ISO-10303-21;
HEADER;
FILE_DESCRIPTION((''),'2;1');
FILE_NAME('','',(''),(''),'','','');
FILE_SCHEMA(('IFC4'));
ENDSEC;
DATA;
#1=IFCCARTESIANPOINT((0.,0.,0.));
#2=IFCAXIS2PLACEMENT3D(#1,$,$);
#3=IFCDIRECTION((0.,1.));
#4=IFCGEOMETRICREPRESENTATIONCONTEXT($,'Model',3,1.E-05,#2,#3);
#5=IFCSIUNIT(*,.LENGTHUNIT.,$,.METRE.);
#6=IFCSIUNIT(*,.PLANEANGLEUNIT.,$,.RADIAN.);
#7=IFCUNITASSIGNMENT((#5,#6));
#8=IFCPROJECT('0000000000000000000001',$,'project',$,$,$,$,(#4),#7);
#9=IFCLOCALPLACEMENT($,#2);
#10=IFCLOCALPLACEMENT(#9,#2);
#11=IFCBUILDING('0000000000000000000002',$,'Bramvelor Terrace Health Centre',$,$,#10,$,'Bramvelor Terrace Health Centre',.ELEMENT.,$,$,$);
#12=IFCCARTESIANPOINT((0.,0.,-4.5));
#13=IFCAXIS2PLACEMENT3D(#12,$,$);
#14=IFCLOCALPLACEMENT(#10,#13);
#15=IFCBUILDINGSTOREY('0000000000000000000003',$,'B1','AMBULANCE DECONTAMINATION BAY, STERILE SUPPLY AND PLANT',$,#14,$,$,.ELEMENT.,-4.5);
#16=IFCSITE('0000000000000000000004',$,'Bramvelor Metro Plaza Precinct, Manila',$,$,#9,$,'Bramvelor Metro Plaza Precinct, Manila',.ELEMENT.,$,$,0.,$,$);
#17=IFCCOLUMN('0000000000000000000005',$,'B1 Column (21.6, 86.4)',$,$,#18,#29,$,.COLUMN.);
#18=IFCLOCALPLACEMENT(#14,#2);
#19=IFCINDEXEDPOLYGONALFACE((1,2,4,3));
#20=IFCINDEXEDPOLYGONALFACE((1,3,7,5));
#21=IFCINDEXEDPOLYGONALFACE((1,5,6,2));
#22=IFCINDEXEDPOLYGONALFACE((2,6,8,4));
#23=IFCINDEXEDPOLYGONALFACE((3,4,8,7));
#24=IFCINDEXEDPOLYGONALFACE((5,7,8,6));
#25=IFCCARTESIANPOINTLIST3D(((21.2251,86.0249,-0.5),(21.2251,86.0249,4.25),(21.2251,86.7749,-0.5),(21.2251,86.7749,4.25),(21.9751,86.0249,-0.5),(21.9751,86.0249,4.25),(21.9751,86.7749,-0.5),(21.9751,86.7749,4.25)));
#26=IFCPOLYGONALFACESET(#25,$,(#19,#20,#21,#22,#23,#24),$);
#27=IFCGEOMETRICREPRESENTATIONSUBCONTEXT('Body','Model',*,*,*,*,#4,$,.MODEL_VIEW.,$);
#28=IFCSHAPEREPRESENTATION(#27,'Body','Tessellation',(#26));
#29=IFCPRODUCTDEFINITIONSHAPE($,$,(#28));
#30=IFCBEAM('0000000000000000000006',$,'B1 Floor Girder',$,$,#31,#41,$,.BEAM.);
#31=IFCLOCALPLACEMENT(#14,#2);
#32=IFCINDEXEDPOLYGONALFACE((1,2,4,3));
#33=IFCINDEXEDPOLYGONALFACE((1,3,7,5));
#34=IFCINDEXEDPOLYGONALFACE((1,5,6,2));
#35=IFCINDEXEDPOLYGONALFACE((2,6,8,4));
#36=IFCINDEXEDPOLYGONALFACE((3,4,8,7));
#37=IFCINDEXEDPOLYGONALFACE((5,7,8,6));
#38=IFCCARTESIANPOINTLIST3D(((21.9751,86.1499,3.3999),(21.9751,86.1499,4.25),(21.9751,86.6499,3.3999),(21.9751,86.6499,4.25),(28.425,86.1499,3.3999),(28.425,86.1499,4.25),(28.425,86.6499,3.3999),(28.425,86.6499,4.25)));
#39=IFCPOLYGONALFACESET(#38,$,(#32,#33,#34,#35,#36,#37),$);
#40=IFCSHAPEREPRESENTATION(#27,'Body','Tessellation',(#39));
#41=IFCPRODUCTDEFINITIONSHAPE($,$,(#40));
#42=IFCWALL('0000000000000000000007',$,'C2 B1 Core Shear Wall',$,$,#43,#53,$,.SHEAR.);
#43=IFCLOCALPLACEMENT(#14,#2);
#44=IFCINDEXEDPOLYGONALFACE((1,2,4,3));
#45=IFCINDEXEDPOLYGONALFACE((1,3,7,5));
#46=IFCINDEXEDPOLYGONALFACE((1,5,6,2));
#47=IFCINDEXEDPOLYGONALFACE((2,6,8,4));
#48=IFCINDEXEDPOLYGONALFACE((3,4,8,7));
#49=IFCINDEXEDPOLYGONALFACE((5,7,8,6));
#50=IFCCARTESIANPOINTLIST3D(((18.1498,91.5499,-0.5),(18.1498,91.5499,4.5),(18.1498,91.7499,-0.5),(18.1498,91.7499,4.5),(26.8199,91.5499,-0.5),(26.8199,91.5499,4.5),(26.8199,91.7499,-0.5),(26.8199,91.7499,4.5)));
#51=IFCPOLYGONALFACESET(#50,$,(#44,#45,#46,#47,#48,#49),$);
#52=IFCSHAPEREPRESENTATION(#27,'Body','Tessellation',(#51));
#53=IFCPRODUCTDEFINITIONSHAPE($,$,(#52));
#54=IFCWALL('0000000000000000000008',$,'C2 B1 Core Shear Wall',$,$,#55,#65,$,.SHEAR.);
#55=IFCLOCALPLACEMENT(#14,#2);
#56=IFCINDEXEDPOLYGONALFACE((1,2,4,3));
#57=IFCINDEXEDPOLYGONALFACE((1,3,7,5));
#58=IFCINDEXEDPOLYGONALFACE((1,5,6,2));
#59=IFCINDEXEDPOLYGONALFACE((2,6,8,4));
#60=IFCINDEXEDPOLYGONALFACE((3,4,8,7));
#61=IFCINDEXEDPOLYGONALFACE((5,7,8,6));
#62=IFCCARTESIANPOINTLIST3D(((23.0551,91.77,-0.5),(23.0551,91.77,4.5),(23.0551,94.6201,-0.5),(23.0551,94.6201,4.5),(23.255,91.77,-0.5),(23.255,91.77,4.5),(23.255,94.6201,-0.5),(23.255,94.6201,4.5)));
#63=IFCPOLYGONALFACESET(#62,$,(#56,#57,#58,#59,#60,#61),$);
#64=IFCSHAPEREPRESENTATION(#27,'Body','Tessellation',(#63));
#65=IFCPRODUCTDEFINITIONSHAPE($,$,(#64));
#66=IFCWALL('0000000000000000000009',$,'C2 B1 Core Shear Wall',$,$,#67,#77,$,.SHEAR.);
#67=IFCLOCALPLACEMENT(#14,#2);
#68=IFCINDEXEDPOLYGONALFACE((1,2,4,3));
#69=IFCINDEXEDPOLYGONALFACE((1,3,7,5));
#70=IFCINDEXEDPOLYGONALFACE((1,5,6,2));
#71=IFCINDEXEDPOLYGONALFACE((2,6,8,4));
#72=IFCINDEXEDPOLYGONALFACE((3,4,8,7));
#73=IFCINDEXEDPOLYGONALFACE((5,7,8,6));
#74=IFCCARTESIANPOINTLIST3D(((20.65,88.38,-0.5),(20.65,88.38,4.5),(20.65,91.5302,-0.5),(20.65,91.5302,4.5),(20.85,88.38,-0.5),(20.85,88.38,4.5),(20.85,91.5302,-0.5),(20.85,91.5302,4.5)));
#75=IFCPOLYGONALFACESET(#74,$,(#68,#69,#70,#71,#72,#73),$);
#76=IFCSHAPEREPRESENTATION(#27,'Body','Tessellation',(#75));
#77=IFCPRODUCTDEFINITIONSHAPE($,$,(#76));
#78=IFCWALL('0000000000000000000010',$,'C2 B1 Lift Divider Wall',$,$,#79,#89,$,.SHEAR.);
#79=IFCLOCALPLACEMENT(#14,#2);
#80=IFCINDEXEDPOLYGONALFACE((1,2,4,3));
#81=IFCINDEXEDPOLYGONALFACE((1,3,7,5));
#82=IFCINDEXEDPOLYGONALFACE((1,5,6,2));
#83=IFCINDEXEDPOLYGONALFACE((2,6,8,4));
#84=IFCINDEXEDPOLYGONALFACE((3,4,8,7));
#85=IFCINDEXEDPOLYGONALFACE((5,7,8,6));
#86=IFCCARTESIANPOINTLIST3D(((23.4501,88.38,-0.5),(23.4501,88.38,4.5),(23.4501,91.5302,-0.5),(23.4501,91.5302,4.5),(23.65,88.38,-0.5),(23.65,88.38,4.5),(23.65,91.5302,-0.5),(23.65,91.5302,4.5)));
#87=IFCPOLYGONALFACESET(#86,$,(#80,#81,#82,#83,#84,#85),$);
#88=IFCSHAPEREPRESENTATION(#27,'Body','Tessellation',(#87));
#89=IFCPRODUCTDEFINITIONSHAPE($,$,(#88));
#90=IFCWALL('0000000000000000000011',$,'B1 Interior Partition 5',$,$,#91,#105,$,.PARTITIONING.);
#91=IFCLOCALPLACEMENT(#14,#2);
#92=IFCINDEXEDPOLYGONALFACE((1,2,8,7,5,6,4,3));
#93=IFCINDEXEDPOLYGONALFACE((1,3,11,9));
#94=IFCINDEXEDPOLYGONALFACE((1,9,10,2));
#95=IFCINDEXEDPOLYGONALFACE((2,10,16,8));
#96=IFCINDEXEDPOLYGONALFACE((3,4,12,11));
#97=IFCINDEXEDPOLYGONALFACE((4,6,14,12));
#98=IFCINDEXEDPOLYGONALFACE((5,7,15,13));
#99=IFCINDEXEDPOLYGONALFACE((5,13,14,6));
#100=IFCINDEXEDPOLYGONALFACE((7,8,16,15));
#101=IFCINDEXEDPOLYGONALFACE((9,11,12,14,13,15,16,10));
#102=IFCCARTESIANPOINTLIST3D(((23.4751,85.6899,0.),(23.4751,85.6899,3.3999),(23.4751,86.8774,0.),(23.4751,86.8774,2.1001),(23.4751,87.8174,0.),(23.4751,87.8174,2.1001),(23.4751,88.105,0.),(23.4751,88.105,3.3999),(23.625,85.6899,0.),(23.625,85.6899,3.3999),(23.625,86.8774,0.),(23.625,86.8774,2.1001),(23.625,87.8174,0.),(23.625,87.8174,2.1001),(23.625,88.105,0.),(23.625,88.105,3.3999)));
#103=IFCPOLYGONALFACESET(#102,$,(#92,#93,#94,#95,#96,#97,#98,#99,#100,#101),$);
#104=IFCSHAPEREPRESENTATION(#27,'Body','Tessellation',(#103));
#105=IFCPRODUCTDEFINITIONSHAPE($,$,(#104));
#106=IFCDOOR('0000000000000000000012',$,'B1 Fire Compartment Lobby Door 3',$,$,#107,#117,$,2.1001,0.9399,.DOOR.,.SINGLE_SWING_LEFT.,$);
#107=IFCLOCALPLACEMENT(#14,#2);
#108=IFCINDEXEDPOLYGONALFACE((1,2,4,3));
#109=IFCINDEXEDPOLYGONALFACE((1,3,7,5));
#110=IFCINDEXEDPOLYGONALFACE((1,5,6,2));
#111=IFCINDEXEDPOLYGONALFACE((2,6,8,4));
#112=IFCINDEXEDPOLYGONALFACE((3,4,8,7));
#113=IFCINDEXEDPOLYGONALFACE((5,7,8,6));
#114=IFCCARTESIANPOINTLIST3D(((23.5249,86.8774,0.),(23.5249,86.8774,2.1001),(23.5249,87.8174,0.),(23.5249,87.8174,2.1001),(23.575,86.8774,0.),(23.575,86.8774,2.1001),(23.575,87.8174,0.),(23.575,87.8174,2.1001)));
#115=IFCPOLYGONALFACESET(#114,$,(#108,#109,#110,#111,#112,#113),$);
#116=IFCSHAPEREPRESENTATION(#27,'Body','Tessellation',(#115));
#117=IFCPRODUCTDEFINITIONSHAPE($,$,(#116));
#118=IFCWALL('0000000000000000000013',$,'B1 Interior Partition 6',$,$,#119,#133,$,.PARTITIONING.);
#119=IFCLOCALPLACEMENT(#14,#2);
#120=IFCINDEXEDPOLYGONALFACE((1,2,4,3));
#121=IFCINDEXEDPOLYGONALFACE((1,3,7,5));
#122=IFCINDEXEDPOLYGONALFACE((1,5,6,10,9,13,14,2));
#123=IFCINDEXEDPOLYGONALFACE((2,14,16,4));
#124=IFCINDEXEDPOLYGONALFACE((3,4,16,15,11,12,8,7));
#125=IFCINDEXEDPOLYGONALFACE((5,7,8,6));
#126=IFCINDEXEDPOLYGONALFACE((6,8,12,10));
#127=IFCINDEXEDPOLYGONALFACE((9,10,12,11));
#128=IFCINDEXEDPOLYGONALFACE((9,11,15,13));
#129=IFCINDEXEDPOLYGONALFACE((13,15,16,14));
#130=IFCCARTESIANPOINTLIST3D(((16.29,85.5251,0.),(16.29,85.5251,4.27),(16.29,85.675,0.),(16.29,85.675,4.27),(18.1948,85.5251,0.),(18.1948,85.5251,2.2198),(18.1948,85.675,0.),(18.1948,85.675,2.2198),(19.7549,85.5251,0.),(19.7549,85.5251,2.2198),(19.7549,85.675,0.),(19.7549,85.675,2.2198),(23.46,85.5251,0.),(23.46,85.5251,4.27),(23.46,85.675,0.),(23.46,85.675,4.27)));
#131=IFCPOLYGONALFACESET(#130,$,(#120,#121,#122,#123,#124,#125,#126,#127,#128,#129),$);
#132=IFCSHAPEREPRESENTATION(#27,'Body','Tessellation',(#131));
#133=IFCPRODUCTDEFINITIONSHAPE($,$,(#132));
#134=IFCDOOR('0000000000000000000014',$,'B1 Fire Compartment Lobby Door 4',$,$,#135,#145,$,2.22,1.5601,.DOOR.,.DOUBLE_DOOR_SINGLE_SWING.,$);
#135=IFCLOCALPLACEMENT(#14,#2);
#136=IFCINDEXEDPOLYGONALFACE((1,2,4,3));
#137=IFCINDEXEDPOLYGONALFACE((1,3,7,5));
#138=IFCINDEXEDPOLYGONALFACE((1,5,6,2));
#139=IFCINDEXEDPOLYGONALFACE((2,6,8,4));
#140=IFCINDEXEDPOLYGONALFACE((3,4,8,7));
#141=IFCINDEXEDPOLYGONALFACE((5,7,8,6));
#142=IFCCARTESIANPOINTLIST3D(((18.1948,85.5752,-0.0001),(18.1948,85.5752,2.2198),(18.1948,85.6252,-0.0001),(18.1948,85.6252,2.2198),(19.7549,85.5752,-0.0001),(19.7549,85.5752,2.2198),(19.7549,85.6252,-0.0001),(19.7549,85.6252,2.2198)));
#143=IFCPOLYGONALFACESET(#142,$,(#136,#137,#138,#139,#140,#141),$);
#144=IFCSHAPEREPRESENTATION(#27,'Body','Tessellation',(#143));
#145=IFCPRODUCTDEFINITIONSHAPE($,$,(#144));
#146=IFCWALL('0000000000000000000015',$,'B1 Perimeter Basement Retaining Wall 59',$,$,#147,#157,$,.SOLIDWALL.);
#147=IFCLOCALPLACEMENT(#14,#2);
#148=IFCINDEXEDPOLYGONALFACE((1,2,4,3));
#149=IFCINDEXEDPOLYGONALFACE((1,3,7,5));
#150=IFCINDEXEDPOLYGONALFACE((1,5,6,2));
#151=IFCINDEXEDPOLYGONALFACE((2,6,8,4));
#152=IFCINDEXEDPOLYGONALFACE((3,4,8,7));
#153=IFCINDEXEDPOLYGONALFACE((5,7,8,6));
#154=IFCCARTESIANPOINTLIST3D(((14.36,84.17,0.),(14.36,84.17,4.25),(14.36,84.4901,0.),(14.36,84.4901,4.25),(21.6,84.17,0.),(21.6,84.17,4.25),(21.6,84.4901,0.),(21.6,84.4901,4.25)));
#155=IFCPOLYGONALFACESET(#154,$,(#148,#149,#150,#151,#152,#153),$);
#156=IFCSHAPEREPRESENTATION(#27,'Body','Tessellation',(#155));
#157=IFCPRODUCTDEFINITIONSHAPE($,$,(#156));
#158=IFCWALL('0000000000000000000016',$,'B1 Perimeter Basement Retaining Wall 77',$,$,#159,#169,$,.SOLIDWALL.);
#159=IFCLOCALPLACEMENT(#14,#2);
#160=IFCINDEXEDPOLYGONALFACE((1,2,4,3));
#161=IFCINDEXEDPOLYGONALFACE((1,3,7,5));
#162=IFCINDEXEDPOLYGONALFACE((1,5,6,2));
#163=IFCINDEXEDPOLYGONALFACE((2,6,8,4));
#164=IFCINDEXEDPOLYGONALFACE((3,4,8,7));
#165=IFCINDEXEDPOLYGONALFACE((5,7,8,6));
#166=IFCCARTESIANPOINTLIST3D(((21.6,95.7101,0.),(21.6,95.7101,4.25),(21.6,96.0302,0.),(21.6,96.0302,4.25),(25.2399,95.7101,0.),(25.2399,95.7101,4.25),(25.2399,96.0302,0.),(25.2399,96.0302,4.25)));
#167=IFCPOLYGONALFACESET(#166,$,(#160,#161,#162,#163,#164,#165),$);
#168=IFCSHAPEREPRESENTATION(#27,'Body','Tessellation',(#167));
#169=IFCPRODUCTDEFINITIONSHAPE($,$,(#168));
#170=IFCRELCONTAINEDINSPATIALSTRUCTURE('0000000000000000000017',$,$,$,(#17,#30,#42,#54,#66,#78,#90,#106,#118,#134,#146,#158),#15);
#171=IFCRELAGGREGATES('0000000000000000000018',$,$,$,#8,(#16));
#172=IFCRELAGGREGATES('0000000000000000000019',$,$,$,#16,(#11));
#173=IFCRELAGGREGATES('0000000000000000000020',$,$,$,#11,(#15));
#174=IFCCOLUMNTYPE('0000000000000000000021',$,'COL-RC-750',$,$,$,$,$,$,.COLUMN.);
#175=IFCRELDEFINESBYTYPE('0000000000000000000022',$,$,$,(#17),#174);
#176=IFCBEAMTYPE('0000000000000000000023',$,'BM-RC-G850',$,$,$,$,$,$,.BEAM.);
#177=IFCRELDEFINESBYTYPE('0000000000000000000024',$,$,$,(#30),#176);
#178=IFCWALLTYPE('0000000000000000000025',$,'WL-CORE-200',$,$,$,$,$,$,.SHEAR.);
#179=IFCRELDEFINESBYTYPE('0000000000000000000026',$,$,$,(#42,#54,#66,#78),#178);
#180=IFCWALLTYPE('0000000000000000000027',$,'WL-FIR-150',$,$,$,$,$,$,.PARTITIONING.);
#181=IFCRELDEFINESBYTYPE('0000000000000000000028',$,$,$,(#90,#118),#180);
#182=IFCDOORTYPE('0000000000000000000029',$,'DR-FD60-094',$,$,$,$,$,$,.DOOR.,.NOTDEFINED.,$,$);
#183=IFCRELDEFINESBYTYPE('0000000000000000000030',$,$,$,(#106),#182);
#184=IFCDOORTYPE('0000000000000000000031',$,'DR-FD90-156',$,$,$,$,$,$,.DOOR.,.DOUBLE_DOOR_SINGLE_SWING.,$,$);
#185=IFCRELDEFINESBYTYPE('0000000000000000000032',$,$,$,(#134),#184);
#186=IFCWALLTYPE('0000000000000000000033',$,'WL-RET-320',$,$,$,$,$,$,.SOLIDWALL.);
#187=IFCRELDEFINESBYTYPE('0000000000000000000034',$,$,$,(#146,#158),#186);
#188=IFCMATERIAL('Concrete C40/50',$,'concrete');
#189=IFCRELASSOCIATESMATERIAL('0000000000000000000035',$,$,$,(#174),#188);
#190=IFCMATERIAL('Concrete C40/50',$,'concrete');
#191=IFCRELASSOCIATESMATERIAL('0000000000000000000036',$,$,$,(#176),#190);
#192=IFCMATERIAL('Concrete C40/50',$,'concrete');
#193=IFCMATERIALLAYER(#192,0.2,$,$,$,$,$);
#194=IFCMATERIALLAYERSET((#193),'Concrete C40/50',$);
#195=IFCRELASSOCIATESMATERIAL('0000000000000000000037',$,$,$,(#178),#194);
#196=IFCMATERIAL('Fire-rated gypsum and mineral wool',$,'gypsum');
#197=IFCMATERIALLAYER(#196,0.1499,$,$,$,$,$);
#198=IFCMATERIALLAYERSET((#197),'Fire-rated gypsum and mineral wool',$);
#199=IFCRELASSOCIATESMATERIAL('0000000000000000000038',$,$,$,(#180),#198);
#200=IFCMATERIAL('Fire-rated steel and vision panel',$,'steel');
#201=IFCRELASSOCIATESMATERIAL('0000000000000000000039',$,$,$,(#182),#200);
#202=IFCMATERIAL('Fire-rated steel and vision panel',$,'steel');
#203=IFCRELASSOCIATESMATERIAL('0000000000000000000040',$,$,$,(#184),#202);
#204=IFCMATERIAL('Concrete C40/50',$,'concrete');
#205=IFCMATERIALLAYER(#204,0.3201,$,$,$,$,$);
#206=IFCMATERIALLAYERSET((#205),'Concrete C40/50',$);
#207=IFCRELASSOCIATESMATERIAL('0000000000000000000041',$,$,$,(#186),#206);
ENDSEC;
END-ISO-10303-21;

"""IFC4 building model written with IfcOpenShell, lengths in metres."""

from ifc_helpers import new_model, si_unit, direction, frame, frame_2d, origin, origin_2d, place, context, subcontext, project, spatial, rectangle, extrude, material, layer, layer_set, material_profile, profile_set, type_object, element, fill, save


model = new_model("IFC4")

# Units and contexts
model_context = context("Model", 3, precision=1e-05, world=origin(), true_north=direction((0.0, 1.0)))
body_context = subcontext(model_context, "Body", "Model", "MODEL_VIEW")
ifc_project = project(units=[si_unit("LENGTHUNIT", "METRE"), si_unit("PLANEANGLEUNIT", "RADIAN")], contexts=[model_context])

# Site, building, storey
site_placement = place(None, origin())
site = spatial("IfcSite", under=ifc_project, at=site_placement, Name="Bramvelor Metro Plaza Precinct, Manila", LongName="Bramvelor Metro Plaza Precinct, Manila", CompositionType="ELEMENT", RefElevation=0.0)
building_placement = place(site_placement, origin())
building = spatial("IfcBuilding", under=site, at=building_placement, Name="Bramvelor Terrace Health Centre", LongName="Bramvelor Terrace Health Centre", CompositionType="ELEMENT")
storey_placement = place(building_placement, frame((0.0, 0.0, -4.5)))
storey = spatial("IfcBuildingStorey", under=building, at=storey_placement, Name="B1", Description="AMBULANCE DECONTAMINATION BAY, STERILE SUPPLY AND PLANT", CompositionType="ELEMENT", Elevation=-4.5)

# Column
ifc_material_1 = material(Name="Concrete C40/50", Category="concrete")
ifc_material_profile_1 = material_profile(ifc_material_1, rectangle(XDim=0.75, YDim=0.75, at=origin_2d()), Name="RC 750x750")
ifc_profile_set_1 = profile_set([ifc_material_profile_1], Name="Concrete C40/50")
column_type = type_object("IfcColumnType", Name="COL-RC-750", PredefinedType="COLUMN", material=ifc_profile_set_1)
column_placement = place(storey_placement, frame((21.6001, 86.3999, -0.5), z_axis=(0.0, 0.0, 1.0), x_axis=(1.0, 0.0, 0.0)))
element("IfcColumn", 1, at=column_placement, inside=storey, type_object=column_type, Name="B1 Column (21.6, 86.4)", PredefinedType="COLUMN", context=body_context, shape_type="SweptSolid", body=[
    extrude(rectangle(XDim=0.75, YDim=0.75, at=origin_2d()), origin(), (0.0, 0.0, 1.0), 4.75),
])

# Beam
ifc_material_2 = material(Name="Concrete C40/50", Category="concrete")
ifc_material_profile_2 = material_profile(ifc_material_2, rectangle(XDim=0.5, YDim=0.8501, at=origin_2d()), Name="RC 500x850")
ifc_profile_set_2 = profile_set([ifc_material_profile_2], Name="Concrete C40/50")
beam_type = type_object("IfcBeamType", Name="BM-RC-G850", PredefinedType="BEAM", material=ifc_profile_set_2)
beam_placement = place(storey_placement, frame((21.9751, 86.3999, 3.825), z_axis=(1.0, 0.0, 0.0), x_axis=(0.0, 1.0, 0.0)))
element("IfcBeam", 2, at=beam_placement, inside=storey, type_object=beam_type, Name="B1 Floor Girder", PredefinedType="BEAM", context=body_context, shape_type="SweptSolid", body=[
    extrude(rectangle(XDim=0.5, YDim=0.8501, at=origin_2d()), origin(), (0.0, 0.0, 1.0), 6.45),
])

# Walls
ifc_material_3 = material(Name="Concrete C40/50", Category="concrete")
ifc_layer_1 = layer(ifc_material_3, 0.2)
ifc_layer_set_1 = layer_set([ifc_layer_1], Name="Concrete C40/50")
wall_type_1 = type_object("IfcWallType", Name="WL-CORE-200", PredefinedType="SHEAR", material=ifc_layer_set_1)
wall_1_placement = place(storey_placement, frame((18.1499, 91.6499, -0.5), z_axis=(0.0, 0.0, 1.0), x_axis=(1.0, 0.0, 0.0)))
element("IfcWall", 3, at=wall_1_placement, inside=storey, type_object=wall_type_1, Name="C2 B1 Core Shear Wall", PredefinedType="SHEAR", context=body_context, shape_type="SweptSolid", body=[
    extrude(rectangle(XDim=8.6702, YDim=0.2, at=frame_2d((4.335, 0.0))), origin(), (0.0, 0.0, 1.0), 5.0),
])
wall_2_placement = place(storey_placement, frame((23.155, 91.77, -0.5), z_axis=(0.0, 0.0, 1.0), x_axis=(0.0, 1.0, 0.0)))
element("IfcWall", 4, at=wall_2_placement, inside=storey, type_object=wall_type_1, Name="C2 B1 Core Shear Wall", PredefinedType="SHEAR", context=body_context, shape_type="SweptSolid", body=[
    extrude(rectangle(XDim=2.8501, YDim=0.2, at=frame_2d((1.425, 0.0))), origin(), (0.0, 0.0, 1.0), 5.0),
])
for number, where, z_axis, x_axis, name in (
    (5, (20.75, 88.3799, -0.5), (0.0, 0.0, 1.0), (0.0, 1.0, 0.0), "C2 B1 Core Shear Wall"),
    (6, (23.55, 88.3799, -0.5), (0.0, 0.0, 1.0), (0.0, 1.0, 0.0), "C2 B1 Lift Divider Wall"),
):
    element("IfcWall", number, at=place(storey_placement, frame(where, z_axis=z_axis, x_axis=x_axis)), inside=storey, type_object=wall_type_1, Name=name, PredefinedType="SHEAR", context=body_context, shape_type="SweptSolid", body=[
        extrude(rectangle(XDim=3.1501, YDim=0.2, at=frame_2d((1.5752, 0.0))), origin(), (0.0, 0.0, 1.0), 5.0),
    ])

# Walls, openings, doors
ifc_material_4 = material(Name="Fire-rated gypsum and mineral wool", Category="gypsum")
ifc_layer_2 = layer(ifc_material_4, 0.1499)
ifc_layer_set_2 = layer_set([ifc_layer_2], Name="Fire-rated gypsum and mineral wool")
wall_type_2 = type_object("IfcWallType", Name="WL-FIR-150", PredefinedType="PARTITIONING", material=ifc_layer_set_2)
wall_3_placement = place(storey_placement, frame((23.55, 88.105, 0.0), z_axis=(0.0, 0.0, 1.0), x_axis=(0.0, -1.0, 0.0)))
wall_3 = element("IfcWall", 7, at=wall_3_placement, inside=storey, type_object=wall_type_2, Name="B1 Interior Partition 5", PredefinedType="PARTITIONING", context=body_context, shape_type="SweptSolid", body=[
    extrude(rectangle(XDim=2.415, YDim=0.1499, at=frame_2d((1.2075, 0.0))), origin(), (0.0, 0.0, 1.0), 3.3999),
])
opening_1_placement = place(wall_3_placement, frame((0.2876, 0.0, 0.0)))
opening_1 = element("IfcOpeningElement", 8, at=opening_1_placement, cuts=wall_3, PredefinedType="OPENING", context=body_context, shape_type="SweptSolid", body=[
    extrude(rectangle(XDim=0.9399, YDim=2.1001, at=frame_2d((0.47, 1.05))), frame((0.0, 0.085, 0.0), z_axis=(0.0, -1.0, 0.0), x_axis=(1.0, 0.0, 0.0)), (0.0, 0.0, 1.0), 0.1699),
])
ifc_material_5 = material(Name="Fire-rated steel and vision panel", Category="steel")
door_type_1 = type_object("IfcDoorType", Name="DR-FD60-094", OperationType="NOTDEFINED", PredefinedType="DOOR", material=ifc_material_5)
door_1_placement = place(opening_1_placement, origin())
door_1 = element("IfcDoor", 9, at=door_1_placement, inside=storey, type_object=door_type_1, Name="B1 Fire Compartment Lobby Door 3", OperationType="SINGLE_SWING_LEFT", OverallHeight=2.1001, OverallWidth=0.9399, PredefinedType="DOOR", context=body_context, shape_type="SweptSolid", body=[
    extrude(rectangle(XDim=0.9399, YDim=2.1001, at=frame_2d((0.47, 1.05))), frame((0.0, 0.0249, 0.0), z_axis=(0.0, -1.0, 0.0), x_axis=(1.0, 0.0, 0.0)), (0.0, 0.0, 1.0), 0.05),
])
fill(opening_1, door_1)
wall_4_placement = place(storey_placement, frame((23.46, 85.6001, 0.0), z_axis=(0.0, 0.0, 1.0), x_axis=(-1.0, 0.0, 0.0)))
wall_4 = element("IfcWall", 10, at=wall_4_placement, inside=storey, type_object=wall_type_2, Name="B1 Interior Partition 6", PredefinedType="PARTITIONING", context=body_context, shape_type="SweptSolid", body=[
    extrude(rectangle(XDim=7.1699, YDim=0.1499, at=frame_2d((3.585, 0.0))), origin(), (0.0, 0.0, 1.0), 4.27),
])
opening_2_placement = place(wall_4_placement, frame((3.7051, 0.0, 0.0)))
opening_2 = element("IfcOpeningElement", 11, at=opening_2_placement, cuts=wall_4, PredefinedType="OPENING", context=body_context, shape_type="SweptSolid", body=[
    extrude(rectangle(XDim=1.5601, YDim=2.22, at=frame_2d((0.78, 1.1099))), frame((0.0, 0.085, 0.0), z_axis=(0.0, -1.0, 0.0), x_axis=(1.0, 0.0, 0.0)), (0.0, 0.0, 1.0), 0.1699),
])
ifc_material_6 = material(Name="Fire-rated steel and vision panel", Category="steel")
door_type_2 = type_object("IfcDoorType", Name="DR-FD90-156", OperationType="DOUBLE_DOOR_SINGLE_SWING", PredefinedType="DOOR", material=ifc_material_6)
door_2_placement = place(opening_2_placement, origin())
door_2 = element("IfcDoor", 12, at=door_2_placement, inside=storey, type_object=door_type_2, Name="B1 Fire Compartment Lobby Door 4", OperationType="DOUBLE_DOOR_SINGLE_SWING", OverallHeight=2.22, OverallWidth=1.5601, PredefinedType="DOOR", context=body_context, shape_type="SweptSolid", body=[
    extrude(rectangle(XDim=1.5601, YDim=2.22, at=frame_2d((0.78, 1.1099))), frame((0.0, 0.0249, 0.0), z_axis=(0.0, -1.0, 0.0), x_axis=(1.0, 0.0, 0.0)), (0.0, 0.0, 1.0), 0.05),
])
fill(opening_2, door_2)

# Walls
ifc_material_7 = material(Name="Concrete C40/50", Category="concrete")
ifc_layer_3 = layer(ifc_material_7, 0.3201)
ifc_layer_set_3 = layer_set([ifc_layer_3], Name="Concrete C40/50")
wall_type_3 = type_object("IfcWallType", Name="WL-RET-320", PredefinedType="SOLIDWALL", material=ifc_layer_set_3)
wall_5_placement = place(storey_placement, frame((21.6001, 84.3301, 0.0), z_axis=(0.0, 0.0, 1.0), x_axis=(-1.0, 0.0, 0.0)))
element("IfcWall", 13, at=wall_5_placement, inside=storey, type_object=wall_type_3, Name="B1 Perimeter Basement Retaining Wall 59", PredefinedType="SOLIDWALL", context=body_context, shape_type="SweptSolid", body=[
    extrude(rectangle(XDim=7.24, YDim=0.3201, at=frame_2d((3.6201, 0.0))), origin(), (0.0, 0.0, 1.0), 4.25),
])
wall_6_placement = place(storey_placement, frame((21.6001, 95.8701, 0.0), z_axis=(0.0, 0.0, 1.0), x_axis=(1.0, 0.0, 0.0)))
element("IfcWall", 14, at=wall_6_placement, inside=storey, type_object=wall_type_3, Name="B1 Perimeter Basement Retaining Wall 77", PredefinedType="SOLIDWALL", context=body_context, shape_type="SweptSolid", body=[
    extrude(rectangle(XDim=3.6399, YDim=0.3201, at=frame_2d((1.8198, 0.0))), origin(), (0.0, 0.0, 1.0), 4.25),
])

save(model, "model.ifc")
